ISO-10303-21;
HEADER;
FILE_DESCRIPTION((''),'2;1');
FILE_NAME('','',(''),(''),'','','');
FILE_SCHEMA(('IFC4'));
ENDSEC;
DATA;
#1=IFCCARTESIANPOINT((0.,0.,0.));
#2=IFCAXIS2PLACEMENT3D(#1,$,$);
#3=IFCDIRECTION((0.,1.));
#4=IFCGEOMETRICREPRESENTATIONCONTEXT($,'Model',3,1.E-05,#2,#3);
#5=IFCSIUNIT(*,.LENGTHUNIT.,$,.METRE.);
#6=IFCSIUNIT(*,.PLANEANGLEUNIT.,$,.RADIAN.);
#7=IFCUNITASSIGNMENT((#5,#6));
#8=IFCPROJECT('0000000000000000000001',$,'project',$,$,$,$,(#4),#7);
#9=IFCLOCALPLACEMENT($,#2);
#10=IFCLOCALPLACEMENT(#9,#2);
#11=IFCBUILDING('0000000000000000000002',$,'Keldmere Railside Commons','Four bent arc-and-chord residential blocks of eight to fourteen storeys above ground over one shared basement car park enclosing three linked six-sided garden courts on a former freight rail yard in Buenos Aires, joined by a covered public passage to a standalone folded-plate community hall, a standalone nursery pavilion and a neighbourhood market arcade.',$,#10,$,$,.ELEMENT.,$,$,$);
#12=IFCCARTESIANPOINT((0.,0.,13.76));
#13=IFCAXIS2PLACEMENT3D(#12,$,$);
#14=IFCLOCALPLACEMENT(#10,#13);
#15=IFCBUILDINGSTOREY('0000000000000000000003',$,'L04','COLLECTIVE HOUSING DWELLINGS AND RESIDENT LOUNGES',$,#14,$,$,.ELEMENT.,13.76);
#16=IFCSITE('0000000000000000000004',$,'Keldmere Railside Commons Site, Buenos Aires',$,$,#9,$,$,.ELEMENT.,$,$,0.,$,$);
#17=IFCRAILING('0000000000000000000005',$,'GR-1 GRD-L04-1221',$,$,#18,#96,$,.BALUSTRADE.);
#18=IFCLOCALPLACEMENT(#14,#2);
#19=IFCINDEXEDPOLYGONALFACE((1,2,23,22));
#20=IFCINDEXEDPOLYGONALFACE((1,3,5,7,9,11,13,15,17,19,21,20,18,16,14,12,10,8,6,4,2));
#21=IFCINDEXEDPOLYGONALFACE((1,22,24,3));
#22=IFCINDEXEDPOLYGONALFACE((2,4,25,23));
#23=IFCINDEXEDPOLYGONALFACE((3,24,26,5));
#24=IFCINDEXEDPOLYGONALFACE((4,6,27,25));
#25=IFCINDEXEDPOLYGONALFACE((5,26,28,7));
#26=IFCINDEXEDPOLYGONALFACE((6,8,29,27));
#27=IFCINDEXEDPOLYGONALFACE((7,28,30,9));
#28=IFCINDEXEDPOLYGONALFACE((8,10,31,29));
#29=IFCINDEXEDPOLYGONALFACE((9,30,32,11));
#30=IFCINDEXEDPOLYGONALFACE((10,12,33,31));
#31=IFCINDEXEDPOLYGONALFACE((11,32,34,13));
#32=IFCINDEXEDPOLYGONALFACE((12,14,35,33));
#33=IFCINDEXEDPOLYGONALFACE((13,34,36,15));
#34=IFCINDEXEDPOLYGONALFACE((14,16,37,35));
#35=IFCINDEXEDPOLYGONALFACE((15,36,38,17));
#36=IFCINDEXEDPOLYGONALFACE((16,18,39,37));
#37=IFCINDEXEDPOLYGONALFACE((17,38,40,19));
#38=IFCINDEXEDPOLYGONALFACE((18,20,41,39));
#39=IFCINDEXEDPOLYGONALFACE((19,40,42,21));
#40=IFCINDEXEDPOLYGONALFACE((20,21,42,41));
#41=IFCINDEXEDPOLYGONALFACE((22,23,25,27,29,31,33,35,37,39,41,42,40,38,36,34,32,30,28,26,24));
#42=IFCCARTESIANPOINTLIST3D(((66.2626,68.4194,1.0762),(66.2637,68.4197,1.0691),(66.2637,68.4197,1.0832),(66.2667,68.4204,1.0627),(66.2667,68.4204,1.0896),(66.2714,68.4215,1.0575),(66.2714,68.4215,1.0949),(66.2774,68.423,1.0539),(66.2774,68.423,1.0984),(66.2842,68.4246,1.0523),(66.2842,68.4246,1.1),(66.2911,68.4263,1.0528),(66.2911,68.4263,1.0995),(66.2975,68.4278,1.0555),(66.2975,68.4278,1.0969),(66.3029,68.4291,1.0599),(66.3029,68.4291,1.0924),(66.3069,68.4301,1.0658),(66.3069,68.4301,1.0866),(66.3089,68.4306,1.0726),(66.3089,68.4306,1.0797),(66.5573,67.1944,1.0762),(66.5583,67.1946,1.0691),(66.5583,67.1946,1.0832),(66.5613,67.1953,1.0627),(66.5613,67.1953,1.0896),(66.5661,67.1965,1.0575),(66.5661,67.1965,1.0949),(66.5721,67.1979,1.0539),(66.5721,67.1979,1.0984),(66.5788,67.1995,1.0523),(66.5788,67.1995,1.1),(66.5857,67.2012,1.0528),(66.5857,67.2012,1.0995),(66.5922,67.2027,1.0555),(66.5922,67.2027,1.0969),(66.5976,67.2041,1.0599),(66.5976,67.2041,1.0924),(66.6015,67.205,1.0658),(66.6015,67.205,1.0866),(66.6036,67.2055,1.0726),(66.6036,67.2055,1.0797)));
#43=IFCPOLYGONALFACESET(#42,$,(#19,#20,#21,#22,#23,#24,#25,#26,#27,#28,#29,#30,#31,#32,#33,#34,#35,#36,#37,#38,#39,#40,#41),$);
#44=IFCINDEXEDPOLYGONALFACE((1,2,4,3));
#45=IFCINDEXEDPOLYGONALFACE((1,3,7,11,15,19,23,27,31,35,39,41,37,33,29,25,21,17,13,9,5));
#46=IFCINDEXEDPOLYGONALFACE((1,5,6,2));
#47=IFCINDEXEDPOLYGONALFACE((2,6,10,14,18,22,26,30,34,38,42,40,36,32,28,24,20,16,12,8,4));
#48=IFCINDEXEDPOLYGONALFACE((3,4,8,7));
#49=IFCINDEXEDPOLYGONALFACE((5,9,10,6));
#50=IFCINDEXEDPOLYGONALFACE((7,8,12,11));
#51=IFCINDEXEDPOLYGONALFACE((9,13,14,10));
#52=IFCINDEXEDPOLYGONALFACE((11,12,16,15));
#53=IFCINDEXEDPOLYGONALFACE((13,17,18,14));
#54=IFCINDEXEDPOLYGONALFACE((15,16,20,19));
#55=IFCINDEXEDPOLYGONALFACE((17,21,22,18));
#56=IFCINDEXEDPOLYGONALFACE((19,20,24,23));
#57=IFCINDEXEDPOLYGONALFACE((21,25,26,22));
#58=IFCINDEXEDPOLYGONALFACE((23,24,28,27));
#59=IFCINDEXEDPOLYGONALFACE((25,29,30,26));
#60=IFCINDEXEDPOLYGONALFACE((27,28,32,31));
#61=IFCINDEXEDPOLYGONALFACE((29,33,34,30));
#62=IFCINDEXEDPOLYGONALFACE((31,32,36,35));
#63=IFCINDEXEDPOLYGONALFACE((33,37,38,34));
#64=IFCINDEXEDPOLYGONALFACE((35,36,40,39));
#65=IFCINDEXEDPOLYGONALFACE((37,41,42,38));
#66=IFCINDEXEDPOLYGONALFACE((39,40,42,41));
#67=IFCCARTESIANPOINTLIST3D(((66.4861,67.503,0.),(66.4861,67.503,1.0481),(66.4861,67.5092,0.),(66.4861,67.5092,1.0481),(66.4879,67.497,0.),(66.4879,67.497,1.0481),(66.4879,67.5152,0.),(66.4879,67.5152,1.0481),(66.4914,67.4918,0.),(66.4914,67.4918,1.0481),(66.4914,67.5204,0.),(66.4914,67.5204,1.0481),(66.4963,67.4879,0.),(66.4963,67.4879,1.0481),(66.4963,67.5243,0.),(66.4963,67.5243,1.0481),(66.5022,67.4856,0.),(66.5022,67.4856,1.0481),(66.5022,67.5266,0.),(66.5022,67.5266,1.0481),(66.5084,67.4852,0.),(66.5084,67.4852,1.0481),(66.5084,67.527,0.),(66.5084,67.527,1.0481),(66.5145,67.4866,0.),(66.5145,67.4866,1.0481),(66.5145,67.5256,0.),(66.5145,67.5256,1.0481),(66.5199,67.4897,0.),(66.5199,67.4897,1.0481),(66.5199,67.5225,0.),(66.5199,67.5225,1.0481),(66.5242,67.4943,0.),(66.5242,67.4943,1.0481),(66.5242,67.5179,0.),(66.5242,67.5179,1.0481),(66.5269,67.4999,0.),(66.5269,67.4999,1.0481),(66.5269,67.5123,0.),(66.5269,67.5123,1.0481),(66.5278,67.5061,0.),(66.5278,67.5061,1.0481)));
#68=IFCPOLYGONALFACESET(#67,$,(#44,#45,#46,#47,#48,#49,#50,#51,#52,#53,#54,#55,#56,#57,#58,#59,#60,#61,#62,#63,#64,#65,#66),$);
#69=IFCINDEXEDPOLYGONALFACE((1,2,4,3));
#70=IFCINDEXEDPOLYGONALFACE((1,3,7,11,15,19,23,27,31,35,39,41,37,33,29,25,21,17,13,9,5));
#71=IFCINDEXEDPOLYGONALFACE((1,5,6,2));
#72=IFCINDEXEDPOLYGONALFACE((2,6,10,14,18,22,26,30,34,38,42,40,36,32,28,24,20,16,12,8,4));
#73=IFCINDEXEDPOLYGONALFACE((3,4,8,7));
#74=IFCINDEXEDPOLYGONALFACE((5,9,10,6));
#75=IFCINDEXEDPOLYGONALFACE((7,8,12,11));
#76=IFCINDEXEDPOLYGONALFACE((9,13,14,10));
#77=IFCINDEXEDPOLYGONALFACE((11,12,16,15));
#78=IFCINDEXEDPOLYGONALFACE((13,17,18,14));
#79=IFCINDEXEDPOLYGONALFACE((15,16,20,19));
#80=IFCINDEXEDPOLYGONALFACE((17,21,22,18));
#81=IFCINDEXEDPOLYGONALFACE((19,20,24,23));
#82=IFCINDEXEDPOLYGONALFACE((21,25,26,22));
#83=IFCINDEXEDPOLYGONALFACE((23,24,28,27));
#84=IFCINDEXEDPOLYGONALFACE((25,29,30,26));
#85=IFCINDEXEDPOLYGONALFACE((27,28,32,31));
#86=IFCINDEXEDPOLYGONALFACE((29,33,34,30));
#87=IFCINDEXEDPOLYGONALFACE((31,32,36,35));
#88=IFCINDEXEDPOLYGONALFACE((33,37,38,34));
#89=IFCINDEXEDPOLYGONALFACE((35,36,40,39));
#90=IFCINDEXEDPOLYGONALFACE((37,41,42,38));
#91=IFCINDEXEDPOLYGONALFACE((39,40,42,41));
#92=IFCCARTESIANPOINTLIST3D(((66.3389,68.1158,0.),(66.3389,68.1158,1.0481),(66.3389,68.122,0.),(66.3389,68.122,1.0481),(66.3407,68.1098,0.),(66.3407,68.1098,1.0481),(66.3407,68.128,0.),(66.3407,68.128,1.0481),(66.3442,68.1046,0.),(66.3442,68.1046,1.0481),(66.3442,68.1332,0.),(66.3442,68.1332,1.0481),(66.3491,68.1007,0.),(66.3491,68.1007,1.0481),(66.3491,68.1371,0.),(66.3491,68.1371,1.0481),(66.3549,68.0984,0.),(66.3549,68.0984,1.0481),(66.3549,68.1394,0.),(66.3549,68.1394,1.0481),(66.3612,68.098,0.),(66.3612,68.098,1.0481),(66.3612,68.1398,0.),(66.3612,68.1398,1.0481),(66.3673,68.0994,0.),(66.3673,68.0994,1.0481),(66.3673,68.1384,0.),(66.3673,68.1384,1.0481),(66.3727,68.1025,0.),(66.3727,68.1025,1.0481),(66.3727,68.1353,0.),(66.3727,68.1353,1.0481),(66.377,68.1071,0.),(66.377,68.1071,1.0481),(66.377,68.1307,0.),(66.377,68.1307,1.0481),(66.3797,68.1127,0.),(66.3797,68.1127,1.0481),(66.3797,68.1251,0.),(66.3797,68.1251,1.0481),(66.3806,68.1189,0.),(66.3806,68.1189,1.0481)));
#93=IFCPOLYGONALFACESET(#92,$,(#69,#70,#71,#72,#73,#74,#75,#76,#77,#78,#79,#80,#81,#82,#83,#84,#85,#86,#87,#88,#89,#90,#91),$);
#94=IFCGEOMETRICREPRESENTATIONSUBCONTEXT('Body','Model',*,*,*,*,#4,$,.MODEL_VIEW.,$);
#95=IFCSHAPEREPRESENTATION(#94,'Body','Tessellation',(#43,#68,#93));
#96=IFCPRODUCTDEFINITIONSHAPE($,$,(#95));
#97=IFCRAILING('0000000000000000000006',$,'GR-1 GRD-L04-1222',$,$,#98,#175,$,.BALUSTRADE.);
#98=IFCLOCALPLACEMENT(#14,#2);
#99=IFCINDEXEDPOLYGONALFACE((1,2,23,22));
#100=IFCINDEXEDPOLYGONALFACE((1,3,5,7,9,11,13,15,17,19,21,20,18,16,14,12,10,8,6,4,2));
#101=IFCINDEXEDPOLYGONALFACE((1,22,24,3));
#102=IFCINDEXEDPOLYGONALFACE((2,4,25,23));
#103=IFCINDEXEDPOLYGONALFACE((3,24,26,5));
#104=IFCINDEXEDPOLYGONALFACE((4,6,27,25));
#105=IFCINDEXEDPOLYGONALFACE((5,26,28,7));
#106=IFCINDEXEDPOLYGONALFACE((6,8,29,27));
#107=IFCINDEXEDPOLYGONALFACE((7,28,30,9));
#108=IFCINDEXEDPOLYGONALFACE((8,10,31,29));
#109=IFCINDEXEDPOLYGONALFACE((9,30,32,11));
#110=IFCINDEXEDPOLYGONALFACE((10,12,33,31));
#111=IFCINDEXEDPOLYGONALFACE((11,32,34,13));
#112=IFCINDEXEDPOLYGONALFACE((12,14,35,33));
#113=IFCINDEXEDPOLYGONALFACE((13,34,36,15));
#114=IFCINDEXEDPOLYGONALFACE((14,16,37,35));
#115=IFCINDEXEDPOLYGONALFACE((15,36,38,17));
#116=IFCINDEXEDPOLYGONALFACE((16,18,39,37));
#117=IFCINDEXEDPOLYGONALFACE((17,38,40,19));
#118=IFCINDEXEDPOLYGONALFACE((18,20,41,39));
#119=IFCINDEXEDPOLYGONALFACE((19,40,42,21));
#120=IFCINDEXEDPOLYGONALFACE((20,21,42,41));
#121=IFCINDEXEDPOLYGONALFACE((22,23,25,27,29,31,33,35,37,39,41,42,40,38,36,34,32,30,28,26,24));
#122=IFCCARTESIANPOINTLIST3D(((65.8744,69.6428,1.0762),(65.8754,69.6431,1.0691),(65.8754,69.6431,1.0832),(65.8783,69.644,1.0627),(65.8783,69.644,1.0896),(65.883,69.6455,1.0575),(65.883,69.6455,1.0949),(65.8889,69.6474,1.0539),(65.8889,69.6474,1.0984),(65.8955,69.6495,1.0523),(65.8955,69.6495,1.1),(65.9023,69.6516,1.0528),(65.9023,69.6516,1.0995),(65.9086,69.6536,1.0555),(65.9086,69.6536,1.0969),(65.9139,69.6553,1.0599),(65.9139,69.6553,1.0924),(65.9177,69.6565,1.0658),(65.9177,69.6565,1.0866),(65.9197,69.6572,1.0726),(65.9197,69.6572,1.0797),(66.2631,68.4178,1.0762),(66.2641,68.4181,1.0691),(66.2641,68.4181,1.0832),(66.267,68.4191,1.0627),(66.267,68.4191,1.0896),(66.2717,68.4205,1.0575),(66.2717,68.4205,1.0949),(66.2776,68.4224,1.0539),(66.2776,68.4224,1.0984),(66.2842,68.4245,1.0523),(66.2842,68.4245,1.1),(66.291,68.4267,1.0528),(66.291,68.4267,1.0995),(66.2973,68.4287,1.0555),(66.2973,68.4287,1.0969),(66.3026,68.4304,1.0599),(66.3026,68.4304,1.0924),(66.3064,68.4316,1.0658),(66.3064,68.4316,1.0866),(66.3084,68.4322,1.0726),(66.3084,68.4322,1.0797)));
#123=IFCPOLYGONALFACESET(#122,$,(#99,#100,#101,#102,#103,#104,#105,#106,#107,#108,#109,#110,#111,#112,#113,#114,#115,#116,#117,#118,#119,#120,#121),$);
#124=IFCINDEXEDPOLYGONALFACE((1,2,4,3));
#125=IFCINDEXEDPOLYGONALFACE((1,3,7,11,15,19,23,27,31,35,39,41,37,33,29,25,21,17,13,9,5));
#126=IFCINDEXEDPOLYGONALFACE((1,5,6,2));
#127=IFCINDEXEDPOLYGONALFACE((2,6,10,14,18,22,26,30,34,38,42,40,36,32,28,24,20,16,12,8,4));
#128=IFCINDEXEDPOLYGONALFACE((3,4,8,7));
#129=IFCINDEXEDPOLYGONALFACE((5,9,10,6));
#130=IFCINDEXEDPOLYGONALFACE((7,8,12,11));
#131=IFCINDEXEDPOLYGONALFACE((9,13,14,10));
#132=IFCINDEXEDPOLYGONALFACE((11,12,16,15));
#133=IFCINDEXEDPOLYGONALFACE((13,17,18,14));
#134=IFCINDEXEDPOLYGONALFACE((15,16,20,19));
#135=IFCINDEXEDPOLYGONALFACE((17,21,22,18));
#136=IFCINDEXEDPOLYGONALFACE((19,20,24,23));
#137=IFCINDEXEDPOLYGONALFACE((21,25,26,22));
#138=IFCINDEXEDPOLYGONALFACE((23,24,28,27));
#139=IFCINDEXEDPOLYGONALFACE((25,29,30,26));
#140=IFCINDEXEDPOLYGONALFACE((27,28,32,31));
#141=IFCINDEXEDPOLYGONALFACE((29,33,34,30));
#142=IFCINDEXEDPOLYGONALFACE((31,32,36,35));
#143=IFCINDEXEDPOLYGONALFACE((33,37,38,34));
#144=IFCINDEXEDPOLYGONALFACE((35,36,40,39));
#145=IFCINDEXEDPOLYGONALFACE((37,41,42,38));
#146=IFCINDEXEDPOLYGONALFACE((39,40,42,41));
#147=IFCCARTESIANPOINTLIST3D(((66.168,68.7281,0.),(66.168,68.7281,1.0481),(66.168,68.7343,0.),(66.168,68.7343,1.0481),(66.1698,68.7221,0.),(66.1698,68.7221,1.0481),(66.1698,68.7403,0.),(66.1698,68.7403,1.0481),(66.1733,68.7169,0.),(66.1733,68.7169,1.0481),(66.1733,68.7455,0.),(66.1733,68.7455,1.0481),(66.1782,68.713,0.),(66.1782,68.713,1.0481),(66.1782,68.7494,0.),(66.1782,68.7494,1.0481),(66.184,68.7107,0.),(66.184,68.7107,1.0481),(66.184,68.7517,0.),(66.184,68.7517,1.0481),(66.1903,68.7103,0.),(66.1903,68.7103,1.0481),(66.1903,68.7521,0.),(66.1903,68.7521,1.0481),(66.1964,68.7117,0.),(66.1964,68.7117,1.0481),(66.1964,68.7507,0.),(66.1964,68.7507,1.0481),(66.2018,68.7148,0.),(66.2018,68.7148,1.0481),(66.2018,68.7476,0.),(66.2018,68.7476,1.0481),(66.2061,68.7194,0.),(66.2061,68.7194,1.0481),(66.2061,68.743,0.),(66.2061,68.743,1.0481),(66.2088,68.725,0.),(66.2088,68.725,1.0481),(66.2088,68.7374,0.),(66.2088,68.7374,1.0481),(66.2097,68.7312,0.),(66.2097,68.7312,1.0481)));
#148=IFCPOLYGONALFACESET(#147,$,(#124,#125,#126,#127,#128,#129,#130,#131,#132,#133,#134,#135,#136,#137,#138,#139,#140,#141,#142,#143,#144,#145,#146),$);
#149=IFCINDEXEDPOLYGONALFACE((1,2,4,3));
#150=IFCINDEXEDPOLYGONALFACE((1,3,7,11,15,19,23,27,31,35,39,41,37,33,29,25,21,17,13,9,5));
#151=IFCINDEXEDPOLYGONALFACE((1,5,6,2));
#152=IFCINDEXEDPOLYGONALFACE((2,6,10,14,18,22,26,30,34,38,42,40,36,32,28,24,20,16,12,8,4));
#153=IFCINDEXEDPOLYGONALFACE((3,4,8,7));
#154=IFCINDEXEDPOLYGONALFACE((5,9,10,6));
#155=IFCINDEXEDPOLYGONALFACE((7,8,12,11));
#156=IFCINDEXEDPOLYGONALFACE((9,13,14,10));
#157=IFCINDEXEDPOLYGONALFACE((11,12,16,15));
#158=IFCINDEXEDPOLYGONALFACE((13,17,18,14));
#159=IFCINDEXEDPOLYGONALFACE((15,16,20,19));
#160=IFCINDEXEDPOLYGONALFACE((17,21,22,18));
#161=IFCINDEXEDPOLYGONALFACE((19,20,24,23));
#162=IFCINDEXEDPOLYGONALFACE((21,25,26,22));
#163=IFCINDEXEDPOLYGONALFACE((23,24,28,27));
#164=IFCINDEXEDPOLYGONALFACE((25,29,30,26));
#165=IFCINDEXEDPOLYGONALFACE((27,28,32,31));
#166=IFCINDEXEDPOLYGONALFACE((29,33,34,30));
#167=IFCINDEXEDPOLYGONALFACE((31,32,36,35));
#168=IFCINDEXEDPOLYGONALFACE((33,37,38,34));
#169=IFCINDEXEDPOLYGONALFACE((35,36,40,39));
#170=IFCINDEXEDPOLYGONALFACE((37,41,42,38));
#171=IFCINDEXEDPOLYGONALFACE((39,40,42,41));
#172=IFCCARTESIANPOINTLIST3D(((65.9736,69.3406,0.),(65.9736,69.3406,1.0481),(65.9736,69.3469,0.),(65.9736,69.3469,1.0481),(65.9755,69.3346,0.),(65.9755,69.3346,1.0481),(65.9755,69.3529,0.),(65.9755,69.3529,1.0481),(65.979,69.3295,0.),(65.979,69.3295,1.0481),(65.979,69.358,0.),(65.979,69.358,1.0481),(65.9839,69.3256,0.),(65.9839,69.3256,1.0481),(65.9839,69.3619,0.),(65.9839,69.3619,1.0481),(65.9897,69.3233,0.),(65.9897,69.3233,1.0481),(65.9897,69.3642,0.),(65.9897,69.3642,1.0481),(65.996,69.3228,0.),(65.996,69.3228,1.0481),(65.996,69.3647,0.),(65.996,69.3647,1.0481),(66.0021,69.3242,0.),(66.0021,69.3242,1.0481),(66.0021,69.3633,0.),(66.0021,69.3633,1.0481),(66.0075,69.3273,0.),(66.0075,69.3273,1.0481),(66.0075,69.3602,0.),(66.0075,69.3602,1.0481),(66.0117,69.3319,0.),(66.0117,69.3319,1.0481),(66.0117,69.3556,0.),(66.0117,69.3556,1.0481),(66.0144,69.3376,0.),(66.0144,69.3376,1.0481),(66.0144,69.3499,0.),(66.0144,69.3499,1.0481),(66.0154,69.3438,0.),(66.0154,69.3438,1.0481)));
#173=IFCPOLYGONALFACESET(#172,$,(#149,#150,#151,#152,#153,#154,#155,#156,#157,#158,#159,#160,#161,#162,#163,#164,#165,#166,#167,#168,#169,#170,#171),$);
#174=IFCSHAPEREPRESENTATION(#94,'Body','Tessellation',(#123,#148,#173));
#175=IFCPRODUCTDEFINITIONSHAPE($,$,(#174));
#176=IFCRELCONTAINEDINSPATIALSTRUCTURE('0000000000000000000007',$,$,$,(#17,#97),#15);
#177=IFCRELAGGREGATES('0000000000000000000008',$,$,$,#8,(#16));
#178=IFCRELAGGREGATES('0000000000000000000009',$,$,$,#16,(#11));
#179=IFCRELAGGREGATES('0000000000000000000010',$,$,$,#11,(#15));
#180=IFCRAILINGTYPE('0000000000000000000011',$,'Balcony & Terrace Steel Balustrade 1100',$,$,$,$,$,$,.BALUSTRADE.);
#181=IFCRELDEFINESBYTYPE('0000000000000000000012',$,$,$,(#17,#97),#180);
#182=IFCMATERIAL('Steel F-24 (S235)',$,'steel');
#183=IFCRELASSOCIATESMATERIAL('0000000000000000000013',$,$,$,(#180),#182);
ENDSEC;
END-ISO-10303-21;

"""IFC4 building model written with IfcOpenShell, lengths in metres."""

from ifc_helpers import new_model, si_unit, direction, frame, origin, origin_2d, place, context, subcontext, project, spatial, circle, extrude, material, type_object, element, save


model = new_model("IFC4")

# Units and contexts
model_context = context("Model", 3, precision=1e-05, world=origin(), true_north=direction((0.0, 1.0)))
body_context = subcontext(model_context, "Body", "Model", "MODEL_VIEW")
ifc_project = project(units=[si_unit("LENGTHUNIT", "METRE"), si_unit("PLANEANGLEUNIT", "RADIAN")], contexts=[model_context])

# Site, building, storey
site_placement = place(None, origin())
site = spatial("IfcSite", under=ifc_project, at=site_placement, Name="Keldmere Railside Commons Site, Buenos Aires", CompositionType="ELEMENT", RefElevation=0.0)
building_placement = place(site_placement, origin())
building = spatial("IfcBuilding", under=site, at=building_placement, Name="Keldmere Railside Commons", Description="Four bent arc-and-chord residential blocks of eight to fourteen storeys above ground over one shared basement car park enclosing three linked six-sided garden courts on a former freight rail yard in Buenos Aires, joined by a covered public passage to a standalone folded-plate community hall, a standalone nursery pavilion and a neighbourhood market arcade.", CompositionType="ELEMENT")
storey_placement = place(building_placement, frame((0.0, 0.0, 13.76)))
storey = spatial("IfcBuildingStorey", under=building, at=storey_placement, Name="L04", Description="COLLECTIVE HOUSING DWELLINGS AND RESIDENT LOUNGES", CompositionType="ELEMENT", Elevation=13.76)

# Railings
ifc_material_1 = material(Name="Steel F-24 (S235)", Category="steel")
railing_type_1 = type_object("IfcRailingType", Name="Balcony & Terrace Steel Balustrade 1100", PredefinedType="BALUSTRADE", material=ifc_material_1)
railing_1_placement = place(storey_placement, frame((66.5806, 67.2, 0.0)))
element("IfcRailing", 1, at=railing_1_placement, inside=storey, type_object=railing_type_1, Name="GR-1 GRD-L04-1221", PredefinedType="BALUSTRADE", context=body_context, shape_type="SweptSolid", body=[
    extrude(circle(Radius=0.0239, at=origin_2d()), frame((0.0, 0.0, 1.0762), z_axis=(-0.233864, 0.972269, 0.0), x_axis=(-0.972269, -0.233864, 0.0)), (0.0, 0.0, 1.0), 1.26),
    extrude(circle(Radius=0.021, at=origin_2d()), frame((-0.0737, 0.3062, 0.0)), (0.0, 0.0, 1.0), 1.0481),
    extrude(circle(Radius=0.021, at=origin_2d()), frame((-0.2209, 0.9189, 0.0)), (0.0, 0.0, 1.0), 1.0481),
])
railing_2_placement = place(storey_placement, frame((66.2859, 68.425, 0.0)))
element("IfcRailing", 2, at=railing_2_placement, inside=storey, type_object=railing_type_1, Name="GR-1 GRD-L04-1222", PredefinedType="BALUSTRADE", context=body_context, shape_type="SweptSolid", body=[
    extrude(circle(Radius=0.0239, at=origin_2d()), frame((0.0, 0.0, 1.0762), z_axis=(-0.302459, 0.953163, 0.0), x_axis=(-0.953163, -0.302459, 0.0)), (0.0, 0.0, 1.0), 1.2852),
    extrude(circle(Radius=0.021, at=origin_2d()), frame((-0.0972, 0.3062, 0.0)), (0.0, 0.0, 1.0), 1.0481),
    extrude(circle(Radius=0.021, at=origin_2d()), frame((-0.2915, 0.9187, 0.0)), (0.0, 0.0, 1.0), 1.0481),
])

save(model, "model.ifc")
